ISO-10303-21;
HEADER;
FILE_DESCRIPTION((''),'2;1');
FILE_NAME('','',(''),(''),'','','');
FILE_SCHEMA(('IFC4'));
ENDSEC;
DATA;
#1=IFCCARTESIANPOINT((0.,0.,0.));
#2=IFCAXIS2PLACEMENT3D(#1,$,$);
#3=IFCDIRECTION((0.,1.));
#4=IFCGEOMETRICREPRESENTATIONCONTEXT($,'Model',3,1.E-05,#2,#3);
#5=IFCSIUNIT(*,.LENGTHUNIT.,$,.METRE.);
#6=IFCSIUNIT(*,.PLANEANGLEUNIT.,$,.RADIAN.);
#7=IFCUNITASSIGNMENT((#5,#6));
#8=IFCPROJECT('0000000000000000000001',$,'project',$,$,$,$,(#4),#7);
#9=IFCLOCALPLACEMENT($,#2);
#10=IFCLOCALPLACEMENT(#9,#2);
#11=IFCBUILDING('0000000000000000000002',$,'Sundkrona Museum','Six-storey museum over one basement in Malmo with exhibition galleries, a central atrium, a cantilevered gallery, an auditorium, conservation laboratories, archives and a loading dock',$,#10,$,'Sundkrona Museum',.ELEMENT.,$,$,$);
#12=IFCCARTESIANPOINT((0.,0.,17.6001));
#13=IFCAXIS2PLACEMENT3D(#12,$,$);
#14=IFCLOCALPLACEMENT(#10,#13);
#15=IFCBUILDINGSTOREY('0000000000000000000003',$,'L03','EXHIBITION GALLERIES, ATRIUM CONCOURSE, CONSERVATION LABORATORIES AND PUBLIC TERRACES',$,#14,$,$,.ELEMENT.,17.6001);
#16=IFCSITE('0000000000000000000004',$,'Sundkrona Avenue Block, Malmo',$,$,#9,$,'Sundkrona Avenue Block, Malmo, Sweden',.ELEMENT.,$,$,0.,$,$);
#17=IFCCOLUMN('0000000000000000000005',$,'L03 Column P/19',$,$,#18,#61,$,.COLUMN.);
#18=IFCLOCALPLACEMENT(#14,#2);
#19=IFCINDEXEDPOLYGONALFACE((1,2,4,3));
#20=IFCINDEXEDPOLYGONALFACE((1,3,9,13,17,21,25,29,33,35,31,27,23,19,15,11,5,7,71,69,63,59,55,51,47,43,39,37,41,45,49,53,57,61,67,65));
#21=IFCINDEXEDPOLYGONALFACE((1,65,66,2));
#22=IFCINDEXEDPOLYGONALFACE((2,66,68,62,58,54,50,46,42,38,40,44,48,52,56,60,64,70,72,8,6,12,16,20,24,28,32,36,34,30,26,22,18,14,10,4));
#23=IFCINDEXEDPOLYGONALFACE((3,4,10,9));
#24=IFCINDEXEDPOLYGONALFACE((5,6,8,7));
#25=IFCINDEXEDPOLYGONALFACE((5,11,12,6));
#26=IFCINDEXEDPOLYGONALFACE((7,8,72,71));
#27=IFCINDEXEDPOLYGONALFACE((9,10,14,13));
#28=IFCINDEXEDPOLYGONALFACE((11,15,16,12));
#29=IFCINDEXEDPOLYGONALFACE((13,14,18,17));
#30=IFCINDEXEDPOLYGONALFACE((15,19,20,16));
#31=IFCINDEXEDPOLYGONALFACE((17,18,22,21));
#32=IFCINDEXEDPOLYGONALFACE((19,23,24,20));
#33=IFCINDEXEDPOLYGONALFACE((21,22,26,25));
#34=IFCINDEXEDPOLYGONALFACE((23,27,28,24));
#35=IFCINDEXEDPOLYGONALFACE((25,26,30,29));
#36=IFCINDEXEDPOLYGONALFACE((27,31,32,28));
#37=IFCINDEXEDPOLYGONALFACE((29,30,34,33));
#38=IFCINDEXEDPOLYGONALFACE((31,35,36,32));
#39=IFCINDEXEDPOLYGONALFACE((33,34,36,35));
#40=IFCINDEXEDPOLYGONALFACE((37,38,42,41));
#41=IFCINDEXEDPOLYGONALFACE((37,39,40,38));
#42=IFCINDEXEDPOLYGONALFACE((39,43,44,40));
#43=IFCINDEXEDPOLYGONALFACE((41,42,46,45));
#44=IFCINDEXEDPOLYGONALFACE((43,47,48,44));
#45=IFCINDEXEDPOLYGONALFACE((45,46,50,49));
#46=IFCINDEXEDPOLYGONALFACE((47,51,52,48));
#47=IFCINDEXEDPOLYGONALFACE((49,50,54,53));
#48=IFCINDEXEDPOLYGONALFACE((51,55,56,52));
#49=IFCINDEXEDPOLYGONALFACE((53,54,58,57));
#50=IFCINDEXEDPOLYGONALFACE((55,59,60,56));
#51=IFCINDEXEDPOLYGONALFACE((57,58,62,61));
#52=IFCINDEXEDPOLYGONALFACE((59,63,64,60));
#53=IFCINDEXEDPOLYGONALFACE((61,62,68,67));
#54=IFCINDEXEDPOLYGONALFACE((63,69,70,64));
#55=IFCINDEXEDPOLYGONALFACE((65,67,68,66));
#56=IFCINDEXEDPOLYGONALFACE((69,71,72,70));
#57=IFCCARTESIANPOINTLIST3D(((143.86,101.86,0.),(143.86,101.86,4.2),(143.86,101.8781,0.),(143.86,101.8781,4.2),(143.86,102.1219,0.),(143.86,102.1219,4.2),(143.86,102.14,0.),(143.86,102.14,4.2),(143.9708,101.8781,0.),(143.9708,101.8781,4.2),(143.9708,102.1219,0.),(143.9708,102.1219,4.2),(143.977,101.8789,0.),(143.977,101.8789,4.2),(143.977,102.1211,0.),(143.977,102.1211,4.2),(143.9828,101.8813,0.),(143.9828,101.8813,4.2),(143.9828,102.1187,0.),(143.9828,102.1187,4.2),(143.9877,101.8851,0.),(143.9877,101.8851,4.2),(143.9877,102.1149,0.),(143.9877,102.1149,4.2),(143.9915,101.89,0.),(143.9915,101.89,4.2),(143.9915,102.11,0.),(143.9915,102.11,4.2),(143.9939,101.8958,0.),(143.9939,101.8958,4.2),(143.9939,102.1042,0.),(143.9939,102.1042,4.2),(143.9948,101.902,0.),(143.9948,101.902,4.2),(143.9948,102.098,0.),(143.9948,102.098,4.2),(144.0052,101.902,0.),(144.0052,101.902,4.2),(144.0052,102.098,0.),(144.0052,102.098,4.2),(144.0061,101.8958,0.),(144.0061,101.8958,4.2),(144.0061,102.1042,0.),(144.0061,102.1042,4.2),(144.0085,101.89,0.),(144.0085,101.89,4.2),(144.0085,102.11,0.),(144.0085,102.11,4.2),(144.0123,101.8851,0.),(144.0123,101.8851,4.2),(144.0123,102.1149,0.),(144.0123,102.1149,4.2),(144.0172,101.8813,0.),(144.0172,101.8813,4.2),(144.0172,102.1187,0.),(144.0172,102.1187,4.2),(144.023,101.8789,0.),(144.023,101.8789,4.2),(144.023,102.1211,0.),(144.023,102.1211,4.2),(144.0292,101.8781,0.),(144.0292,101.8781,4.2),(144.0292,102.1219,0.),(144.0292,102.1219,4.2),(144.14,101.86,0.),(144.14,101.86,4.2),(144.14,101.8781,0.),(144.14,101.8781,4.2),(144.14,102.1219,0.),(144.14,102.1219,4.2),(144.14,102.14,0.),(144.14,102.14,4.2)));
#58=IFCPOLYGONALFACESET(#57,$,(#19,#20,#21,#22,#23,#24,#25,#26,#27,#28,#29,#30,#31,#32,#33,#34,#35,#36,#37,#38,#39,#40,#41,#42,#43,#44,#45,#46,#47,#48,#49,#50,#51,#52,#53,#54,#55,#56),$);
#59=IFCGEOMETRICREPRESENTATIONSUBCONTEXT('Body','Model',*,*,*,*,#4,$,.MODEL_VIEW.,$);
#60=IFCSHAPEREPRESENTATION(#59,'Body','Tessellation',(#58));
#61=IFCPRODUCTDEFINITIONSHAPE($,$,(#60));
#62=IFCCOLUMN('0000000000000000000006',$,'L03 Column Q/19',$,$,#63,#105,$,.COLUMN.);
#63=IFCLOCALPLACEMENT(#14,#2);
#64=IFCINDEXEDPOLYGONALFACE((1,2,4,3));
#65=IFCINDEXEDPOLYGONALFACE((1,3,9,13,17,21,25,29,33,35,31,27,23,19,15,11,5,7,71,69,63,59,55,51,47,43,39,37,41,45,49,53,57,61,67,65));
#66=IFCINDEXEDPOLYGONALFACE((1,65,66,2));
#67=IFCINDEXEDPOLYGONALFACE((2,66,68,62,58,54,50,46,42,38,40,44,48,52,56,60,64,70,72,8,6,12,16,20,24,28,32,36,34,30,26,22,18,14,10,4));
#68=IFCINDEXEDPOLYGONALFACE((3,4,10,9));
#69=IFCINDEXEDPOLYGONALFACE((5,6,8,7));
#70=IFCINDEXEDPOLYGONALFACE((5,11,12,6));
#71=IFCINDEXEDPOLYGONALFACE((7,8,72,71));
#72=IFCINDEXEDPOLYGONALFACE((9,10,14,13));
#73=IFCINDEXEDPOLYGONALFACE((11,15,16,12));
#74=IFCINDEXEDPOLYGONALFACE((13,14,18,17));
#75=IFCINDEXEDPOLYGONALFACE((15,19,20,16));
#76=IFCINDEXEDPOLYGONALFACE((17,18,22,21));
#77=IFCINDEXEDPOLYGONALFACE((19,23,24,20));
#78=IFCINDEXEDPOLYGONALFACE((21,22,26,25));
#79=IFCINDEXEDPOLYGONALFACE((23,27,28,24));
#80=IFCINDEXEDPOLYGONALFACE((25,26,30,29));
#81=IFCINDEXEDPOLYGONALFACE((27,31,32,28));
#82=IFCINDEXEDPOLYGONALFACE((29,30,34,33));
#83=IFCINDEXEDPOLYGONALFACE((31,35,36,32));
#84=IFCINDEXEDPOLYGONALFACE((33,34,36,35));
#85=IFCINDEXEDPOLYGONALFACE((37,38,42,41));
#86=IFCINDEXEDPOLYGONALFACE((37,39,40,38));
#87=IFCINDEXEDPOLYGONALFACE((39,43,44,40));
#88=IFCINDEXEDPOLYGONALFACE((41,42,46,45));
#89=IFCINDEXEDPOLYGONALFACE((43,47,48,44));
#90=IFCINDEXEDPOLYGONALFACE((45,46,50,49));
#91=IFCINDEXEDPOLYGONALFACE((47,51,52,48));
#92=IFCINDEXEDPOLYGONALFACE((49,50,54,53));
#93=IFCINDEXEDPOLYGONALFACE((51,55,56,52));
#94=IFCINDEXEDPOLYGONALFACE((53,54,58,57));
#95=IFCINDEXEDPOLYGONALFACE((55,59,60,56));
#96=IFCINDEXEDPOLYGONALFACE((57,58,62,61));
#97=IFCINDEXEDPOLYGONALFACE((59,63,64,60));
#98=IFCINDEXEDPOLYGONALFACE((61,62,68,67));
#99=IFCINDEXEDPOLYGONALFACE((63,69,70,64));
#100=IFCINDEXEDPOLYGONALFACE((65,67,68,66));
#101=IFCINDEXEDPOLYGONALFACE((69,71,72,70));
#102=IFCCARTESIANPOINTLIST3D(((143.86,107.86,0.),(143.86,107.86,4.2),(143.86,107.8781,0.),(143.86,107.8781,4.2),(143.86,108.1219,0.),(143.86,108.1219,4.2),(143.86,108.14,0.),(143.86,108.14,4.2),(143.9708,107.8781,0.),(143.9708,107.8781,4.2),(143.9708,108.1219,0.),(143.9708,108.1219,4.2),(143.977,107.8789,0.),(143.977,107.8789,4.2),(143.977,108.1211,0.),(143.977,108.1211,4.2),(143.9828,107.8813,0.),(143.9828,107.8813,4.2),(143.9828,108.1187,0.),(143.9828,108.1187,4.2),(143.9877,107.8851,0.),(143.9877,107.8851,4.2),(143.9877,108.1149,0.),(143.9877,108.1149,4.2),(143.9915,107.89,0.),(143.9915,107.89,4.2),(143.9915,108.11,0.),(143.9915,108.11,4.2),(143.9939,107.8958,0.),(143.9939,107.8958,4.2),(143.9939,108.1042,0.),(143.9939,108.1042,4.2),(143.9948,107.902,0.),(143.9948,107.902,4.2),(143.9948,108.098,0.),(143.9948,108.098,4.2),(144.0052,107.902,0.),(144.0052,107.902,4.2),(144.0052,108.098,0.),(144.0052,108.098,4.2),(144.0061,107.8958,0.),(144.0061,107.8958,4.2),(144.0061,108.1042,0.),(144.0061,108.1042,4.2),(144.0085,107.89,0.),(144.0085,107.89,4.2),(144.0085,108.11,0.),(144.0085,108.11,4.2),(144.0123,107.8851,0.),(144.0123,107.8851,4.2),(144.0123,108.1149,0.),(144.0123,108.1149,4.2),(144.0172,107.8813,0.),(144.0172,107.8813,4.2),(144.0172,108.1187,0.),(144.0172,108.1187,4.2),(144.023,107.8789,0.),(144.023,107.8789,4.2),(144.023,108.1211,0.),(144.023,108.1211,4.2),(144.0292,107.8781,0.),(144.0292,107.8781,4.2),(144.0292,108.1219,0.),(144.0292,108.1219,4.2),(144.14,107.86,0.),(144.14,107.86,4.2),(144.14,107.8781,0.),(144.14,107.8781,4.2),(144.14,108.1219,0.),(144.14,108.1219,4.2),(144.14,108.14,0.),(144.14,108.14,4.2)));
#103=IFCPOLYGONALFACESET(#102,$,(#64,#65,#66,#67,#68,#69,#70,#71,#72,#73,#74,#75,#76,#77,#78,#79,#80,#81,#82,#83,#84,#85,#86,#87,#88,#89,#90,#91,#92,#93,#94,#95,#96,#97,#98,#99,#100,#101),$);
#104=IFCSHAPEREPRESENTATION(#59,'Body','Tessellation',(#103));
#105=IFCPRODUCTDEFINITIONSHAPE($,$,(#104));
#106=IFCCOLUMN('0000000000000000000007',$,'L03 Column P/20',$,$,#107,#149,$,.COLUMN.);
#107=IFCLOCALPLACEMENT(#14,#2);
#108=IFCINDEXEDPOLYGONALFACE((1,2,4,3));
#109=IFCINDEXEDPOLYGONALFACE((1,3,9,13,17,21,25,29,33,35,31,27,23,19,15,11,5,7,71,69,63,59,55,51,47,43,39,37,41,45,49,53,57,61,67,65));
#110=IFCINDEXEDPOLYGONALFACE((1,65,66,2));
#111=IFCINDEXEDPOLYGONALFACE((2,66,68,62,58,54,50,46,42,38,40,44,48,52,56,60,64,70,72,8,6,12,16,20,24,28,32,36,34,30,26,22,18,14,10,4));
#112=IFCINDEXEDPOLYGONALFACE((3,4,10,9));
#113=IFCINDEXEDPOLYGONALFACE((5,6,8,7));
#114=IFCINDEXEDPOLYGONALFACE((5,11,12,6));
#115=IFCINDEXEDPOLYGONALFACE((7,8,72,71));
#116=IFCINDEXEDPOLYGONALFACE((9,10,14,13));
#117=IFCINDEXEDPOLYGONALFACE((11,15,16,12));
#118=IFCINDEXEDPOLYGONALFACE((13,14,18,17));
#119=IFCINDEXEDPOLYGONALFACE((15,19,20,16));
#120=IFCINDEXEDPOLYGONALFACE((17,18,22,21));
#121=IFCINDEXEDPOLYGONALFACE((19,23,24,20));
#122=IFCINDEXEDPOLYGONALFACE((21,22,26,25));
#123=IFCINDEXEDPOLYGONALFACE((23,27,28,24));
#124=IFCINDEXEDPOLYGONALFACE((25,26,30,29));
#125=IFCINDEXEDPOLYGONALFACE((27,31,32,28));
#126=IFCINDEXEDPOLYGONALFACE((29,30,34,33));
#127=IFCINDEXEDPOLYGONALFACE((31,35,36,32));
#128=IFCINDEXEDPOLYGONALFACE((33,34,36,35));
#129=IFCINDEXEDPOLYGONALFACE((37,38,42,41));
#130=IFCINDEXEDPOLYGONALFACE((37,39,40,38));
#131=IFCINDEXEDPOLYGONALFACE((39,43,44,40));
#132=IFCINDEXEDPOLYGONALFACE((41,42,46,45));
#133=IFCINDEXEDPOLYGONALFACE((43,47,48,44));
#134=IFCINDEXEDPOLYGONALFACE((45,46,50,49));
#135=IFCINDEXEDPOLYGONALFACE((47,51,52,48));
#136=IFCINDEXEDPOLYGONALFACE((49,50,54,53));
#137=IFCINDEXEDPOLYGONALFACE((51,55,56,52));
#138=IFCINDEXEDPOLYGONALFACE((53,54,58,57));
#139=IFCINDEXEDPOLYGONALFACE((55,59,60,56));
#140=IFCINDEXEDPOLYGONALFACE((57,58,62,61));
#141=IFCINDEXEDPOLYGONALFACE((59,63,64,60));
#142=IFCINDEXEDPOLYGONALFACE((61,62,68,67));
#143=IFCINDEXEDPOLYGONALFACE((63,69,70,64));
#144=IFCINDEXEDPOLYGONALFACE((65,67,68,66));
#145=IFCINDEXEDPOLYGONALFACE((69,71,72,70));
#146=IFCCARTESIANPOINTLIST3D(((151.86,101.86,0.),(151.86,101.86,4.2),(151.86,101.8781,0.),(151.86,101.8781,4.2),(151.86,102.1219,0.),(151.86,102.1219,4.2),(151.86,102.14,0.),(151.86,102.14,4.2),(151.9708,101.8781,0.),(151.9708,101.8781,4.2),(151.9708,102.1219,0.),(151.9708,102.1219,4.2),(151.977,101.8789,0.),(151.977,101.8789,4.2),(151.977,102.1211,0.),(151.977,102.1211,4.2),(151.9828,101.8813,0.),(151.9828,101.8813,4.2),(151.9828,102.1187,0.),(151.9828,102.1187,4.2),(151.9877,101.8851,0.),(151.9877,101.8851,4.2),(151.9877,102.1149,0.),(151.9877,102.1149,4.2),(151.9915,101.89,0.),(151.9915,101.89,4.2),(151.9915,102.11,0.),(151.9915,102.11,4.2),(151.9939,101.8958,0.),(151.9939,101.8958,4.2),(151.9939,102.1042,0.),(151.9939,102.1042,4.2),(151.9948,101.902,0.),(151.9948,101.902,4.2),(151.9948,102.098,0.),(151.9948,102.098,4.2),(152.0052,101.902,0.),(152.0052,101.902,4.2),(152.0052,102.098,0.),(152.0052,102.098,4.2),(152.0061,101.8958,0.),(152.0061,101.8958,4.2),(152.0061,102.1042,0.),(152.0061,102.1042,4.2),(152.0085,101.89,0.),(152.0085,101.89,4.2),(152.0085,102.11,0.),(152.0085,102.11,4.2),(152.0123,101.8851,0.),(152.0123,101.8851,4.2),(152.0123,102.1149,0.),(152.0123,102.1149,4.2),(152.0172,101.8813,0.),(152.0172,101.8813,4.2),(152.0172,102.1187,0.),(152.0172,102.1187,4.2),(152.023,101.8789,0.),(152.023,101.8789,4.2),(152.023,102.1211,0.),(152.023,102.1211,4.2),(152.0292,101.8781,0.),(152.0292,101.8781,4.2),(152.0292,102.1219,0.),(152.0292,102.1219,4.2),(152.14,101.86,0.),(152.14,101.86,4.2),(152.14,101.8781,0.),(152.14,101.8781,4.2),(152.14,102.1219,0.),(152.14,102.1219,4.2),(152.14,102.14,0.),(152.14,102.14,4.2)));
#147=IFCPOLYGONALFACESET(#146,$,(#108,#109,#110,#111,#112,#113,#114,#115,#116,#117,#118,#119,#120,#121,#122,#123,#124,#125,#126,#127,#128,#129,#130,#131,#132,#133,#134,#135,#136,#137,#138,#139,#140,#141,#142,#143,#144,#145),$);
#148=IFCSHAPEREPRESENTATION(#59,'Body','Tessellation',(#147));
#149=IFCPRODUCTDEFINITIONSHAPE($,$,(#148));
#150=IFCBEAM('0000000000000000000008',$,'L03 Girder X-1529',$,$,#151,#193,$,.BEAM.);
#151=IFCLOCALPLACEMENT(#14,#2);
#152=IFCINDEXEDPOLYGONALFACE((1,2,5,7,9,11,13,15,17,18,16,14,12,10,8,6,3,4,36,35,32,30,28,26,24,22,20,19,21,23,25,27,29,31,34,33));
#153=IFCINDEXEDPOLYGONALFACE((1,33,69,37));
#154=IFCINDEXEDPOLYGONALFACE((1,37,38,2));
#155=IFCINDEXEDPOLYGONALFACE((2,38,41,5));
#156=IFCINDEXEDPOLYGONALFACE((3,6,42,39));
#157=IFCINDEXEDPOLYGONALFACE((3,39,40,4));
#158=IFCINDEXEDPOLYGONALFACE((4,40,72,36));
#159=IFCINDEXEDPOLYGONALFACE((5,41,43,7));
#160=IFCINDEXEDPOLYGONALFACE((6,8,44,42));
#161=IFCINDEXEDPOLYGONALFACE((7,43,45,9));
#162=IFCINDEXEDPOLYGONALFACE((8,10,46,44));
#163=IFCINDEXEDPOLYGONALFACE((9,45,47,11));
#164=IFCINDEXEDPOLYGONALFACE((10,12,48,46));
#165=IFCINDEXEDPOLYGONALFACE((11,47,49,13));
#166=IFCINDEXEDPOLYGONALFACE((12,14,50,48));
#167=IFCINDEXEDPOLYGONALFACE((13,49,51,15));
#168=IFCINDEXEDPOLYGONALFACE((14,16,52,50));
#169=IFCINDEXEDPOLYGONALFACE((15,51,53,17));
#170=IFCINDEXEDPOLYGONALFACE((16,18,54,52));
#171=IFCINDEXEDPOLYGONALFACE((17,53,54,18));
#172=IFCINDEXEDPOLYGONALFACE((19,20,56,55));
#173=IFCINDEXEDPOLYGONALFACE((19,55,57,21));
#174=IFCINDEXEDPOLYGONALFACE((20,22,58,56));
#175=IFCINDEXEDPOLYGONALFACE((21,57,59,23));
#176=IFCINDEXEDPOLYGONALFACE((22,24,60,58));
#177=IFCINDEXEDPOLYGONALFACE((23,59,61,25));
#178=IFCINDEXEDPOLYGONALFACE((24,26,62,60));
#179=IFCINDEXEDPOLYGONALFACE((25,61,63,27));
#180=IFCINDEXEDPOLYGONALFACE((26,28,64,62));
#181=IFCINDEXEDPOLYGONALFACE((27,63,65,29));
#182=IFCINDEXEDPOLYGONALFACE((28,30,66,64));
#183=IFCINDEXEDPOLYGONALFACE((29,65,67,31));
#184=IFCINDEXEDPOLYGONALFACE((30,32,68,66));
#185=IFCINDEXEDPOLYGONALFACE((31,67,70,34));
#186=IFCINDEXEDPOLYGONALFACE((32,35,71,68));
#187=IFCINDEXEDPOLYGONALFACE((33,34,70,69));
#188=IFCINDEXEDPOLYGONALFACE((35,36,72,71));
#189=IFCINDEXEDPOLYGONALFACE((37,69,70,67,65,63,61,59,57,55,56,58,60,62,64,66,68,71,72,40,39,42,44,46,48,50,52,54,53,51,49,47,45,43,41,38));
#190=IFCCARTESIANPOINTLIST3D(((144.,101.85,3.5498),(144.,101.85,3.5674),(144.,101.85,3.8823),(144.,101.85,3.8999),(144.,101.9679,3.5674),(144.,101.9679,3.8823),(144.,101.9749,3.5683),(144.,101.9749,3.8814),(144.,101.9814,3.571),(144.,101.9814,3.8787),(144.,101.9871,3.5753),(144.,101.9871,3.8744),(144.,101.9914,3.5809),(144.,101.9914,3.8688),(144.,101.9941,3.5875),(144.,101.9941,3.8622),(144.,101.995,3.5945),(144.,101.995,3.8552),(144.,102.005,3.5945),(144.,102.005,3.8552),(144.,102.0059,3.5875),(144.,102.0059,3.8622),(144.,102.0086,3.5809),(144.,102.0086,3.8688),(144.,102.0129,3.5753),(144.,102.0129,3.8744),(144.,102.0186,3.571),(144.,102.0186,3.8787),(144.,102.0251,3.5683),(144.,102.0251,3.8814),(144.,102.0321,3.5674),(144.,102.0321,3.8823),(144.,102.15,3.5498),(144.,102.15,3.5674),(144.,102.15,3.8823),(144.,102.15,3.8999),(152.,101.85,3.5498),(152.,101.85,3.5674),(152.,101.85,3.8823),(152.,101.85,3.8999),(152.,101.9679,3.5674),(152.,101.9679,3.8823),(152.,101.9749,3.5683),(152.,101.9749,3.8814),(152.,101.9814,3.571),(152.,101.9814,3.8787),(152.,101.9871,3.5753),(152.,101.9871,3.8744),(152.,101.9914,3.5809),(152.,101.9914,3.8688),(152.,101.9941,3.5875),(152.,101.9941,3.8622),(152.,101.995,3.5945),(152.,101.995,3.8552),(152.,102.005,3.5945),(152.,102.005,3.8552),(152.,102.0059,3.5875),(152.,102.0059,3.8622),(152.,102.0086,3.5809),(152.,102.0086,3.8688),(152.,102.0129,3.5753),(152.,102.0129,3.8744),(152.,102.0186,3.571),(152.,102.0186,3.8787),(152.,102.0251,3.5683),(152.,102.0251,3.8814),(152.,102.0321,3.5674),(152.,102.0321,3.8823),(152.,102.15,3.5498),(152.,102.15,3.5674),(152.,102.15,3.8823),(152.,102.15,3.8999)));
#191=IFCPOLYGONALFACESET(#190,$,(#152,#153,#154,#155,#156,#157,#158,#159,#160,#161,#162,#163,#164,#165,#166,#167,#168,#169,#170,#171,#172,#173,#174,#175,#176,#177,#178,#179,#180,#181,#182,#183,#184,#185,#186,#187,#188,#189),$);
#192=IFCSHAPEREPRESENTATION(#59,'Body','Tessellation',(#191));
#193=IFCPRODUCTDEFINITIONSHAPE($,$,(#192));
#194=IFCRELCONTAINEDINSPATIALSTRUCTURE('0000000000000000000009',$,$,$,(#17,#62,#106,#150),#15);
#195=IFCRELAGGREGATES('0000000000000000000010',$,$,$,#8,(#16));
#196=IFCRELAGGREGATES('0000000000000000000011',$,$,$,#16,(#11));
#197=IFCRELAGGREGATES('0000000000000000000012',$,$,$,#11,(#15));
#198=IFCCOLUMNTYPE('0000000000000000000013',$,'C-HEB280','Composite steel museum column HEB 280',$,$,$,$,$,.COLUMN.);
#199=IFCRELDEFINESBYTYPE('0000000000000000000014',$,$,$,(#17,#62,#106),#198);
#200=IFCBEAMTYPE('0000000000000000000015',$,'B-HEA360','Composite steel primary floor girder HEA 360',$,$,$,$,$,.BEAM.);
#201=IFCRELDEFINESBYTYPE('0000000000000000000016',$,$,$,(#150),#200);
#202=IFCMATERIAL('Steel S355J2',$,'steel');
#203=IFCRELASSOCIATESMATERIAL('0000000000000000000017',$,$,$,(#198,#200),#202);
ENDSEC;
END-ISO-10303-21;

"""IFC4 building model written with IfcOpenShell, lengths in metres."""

from ifc_helpers import new_model, si_unit, direction, frame, origin, origin_2d, place, context, subcontext, project, spatial, i_section, extrude, material, material_profile, profile_set, type_object, element, save


model = new_model("IFC4")

# Units and contexts
model_context = context("Model", 3, precision=1e-05, world=origin(), true_north=direction((0.0, 1.0)))
body_context = subcontext(model_context, "Body", "Model", "MODEL_VIEW")
ifc_project = project(units=[si_unit("LENGTHUNIT", "METRE"), si_unit("PLANEANGLEUNIT", "RADIAN")], contexts=[model_context])

# Site, building, storey
site_placement = place(None, origin())
site = spatial("IfcSite", under=ifc_project, at=site_placement, Name="Sundkrona Avenue Block, Malmo", LongName="Sundkrona Avenue Block, Malmo, Sweden", CompositionType="ELEMENT", RefElevation=0.0)
building_placement = place(site_placement, origin())
building = spatial("IfcBuilding", under=site, at=building_placement, Name="Sundkrona Museum", Description="Six-storey museum over one basement in Malmo with exhibition galleries, a central atrium, a cantilevered gallery, an auditorium, conservation laboratories, archives and a loading dock", LongName="Sundkrona Museum", CompositionType="ELEMENT")
storey_placement = place(building_placement, frame((0.0, 0.0, 17.6001)))
storey = spatial("IfcBuildingStorey", under=building, at=storey_placement, Name="L03", Description="EXHIBITION GALLERIES, ATRIUM CONCOURSE, CONSERVATION LABORATORIES AND PUBLIC TERRACES", CompositionType="ELEMENT", Elevation=17.6001)

# Columns
ifc_material_1 = material(Name="Steel S355J2", Category="steel")
ifc_material_profile_1 = material_profile(ifc_material_1, i_section(OverallWidth=0.28, OverallDepth=0.28, WebThickness=0.0105, FlangeThickness=0.0181, FilletRadius=0.0239, at=origin_2d()), Name="HEB 280")
ifc_profile_set_1 = profile_set([ifc_material_profile_1], Name="Steel S355J2")
column_type = type_object("IfcColumnType", Name="C-HEB280", Description="Composite steel museum column HEB 280", PredefinedType="COLUMN", material=ifc_profile_set_1)
for number, where, z_axis, x_axis, name in (
    (1, (144.0, 102.0, 0.0), (0.0, 0.0, 1.0), (1.0, 0.0, 0.0), "L03 Column P/19"),
    (2, (144.0, 108.0, 0.0), (0.0, 0.0, 1.0), (1.0, 0.0, 0.0), "L03 Column Q/19"),
    (3, (152.0, 102.0, 0.0), (0.0, 0.0, 1.0), (1.0, 0.0, 0.0), "L03 Column P/20"),
):
    element("IfcColumn", number, at=place(storey_placement, frame(where, z_axis=z_axis, x_axis=x_axis)), inside=storey, type_object=column_type, Name=name, PredefinedType="COLUMN", context=body_context, shape_type="SweptSolid", body=[
        extrude(i_section(OverallWidth=0.28, OverallDepth=0.28, WebThickness=0.0105, FlangeThickness=0.0181, FilletRadius=0.0239, at=origin_2d()), origin(), (0.0, 0.0, 1.0), 4.2),
    ])

# Beam
ifc_material_profile_2 = material_profile(ifc_material_1, i_section(OverallWidth=0.3, OverallDepth=0.3501, WebThickness=0.01, FlangeThickness=0.0176, FilletRadius=0.0271, at=origin_2d()), Name="HEA 360")
ifc_profile_set_2 = profile_set([ifc_material_profile_2], Name="Steel S355J2")
beam_type_1 = type_object("IfcBeamType", Name="B-HEA360", Description="Composite steel primary floor girder HEA 360", PredefinedType="BEAM", material=ifc_profile_set_2)
for number, where, z_axis, x_axis, name in (
    (4, (144.0, 102.0, 3.7249), (1.0, 0.0, 0.0), (0.0, 1.0, 0.0), "L03 Girder X-1529"),
):
    element("IfcBeam", number, at=place(storey_placement, frame(where, z_axis=z_axis, x_axis=x_axis)), inside=storey, type_object=beam_type_1, Name=name, PredefinedType="BEAM", context=body_context, shape_type="SweptSolid", body=[
        extrude(i_section(OverallWidth=0.3, OverallDepth=0.3501, WebThickness=0.01, FlangeThickness=0.0176, FilletRadius=0.0271, at=origin_2d()), origin(), (0.0, 0.0, 1.0), 8.0),
    ])

save(model, "model.ifc")
